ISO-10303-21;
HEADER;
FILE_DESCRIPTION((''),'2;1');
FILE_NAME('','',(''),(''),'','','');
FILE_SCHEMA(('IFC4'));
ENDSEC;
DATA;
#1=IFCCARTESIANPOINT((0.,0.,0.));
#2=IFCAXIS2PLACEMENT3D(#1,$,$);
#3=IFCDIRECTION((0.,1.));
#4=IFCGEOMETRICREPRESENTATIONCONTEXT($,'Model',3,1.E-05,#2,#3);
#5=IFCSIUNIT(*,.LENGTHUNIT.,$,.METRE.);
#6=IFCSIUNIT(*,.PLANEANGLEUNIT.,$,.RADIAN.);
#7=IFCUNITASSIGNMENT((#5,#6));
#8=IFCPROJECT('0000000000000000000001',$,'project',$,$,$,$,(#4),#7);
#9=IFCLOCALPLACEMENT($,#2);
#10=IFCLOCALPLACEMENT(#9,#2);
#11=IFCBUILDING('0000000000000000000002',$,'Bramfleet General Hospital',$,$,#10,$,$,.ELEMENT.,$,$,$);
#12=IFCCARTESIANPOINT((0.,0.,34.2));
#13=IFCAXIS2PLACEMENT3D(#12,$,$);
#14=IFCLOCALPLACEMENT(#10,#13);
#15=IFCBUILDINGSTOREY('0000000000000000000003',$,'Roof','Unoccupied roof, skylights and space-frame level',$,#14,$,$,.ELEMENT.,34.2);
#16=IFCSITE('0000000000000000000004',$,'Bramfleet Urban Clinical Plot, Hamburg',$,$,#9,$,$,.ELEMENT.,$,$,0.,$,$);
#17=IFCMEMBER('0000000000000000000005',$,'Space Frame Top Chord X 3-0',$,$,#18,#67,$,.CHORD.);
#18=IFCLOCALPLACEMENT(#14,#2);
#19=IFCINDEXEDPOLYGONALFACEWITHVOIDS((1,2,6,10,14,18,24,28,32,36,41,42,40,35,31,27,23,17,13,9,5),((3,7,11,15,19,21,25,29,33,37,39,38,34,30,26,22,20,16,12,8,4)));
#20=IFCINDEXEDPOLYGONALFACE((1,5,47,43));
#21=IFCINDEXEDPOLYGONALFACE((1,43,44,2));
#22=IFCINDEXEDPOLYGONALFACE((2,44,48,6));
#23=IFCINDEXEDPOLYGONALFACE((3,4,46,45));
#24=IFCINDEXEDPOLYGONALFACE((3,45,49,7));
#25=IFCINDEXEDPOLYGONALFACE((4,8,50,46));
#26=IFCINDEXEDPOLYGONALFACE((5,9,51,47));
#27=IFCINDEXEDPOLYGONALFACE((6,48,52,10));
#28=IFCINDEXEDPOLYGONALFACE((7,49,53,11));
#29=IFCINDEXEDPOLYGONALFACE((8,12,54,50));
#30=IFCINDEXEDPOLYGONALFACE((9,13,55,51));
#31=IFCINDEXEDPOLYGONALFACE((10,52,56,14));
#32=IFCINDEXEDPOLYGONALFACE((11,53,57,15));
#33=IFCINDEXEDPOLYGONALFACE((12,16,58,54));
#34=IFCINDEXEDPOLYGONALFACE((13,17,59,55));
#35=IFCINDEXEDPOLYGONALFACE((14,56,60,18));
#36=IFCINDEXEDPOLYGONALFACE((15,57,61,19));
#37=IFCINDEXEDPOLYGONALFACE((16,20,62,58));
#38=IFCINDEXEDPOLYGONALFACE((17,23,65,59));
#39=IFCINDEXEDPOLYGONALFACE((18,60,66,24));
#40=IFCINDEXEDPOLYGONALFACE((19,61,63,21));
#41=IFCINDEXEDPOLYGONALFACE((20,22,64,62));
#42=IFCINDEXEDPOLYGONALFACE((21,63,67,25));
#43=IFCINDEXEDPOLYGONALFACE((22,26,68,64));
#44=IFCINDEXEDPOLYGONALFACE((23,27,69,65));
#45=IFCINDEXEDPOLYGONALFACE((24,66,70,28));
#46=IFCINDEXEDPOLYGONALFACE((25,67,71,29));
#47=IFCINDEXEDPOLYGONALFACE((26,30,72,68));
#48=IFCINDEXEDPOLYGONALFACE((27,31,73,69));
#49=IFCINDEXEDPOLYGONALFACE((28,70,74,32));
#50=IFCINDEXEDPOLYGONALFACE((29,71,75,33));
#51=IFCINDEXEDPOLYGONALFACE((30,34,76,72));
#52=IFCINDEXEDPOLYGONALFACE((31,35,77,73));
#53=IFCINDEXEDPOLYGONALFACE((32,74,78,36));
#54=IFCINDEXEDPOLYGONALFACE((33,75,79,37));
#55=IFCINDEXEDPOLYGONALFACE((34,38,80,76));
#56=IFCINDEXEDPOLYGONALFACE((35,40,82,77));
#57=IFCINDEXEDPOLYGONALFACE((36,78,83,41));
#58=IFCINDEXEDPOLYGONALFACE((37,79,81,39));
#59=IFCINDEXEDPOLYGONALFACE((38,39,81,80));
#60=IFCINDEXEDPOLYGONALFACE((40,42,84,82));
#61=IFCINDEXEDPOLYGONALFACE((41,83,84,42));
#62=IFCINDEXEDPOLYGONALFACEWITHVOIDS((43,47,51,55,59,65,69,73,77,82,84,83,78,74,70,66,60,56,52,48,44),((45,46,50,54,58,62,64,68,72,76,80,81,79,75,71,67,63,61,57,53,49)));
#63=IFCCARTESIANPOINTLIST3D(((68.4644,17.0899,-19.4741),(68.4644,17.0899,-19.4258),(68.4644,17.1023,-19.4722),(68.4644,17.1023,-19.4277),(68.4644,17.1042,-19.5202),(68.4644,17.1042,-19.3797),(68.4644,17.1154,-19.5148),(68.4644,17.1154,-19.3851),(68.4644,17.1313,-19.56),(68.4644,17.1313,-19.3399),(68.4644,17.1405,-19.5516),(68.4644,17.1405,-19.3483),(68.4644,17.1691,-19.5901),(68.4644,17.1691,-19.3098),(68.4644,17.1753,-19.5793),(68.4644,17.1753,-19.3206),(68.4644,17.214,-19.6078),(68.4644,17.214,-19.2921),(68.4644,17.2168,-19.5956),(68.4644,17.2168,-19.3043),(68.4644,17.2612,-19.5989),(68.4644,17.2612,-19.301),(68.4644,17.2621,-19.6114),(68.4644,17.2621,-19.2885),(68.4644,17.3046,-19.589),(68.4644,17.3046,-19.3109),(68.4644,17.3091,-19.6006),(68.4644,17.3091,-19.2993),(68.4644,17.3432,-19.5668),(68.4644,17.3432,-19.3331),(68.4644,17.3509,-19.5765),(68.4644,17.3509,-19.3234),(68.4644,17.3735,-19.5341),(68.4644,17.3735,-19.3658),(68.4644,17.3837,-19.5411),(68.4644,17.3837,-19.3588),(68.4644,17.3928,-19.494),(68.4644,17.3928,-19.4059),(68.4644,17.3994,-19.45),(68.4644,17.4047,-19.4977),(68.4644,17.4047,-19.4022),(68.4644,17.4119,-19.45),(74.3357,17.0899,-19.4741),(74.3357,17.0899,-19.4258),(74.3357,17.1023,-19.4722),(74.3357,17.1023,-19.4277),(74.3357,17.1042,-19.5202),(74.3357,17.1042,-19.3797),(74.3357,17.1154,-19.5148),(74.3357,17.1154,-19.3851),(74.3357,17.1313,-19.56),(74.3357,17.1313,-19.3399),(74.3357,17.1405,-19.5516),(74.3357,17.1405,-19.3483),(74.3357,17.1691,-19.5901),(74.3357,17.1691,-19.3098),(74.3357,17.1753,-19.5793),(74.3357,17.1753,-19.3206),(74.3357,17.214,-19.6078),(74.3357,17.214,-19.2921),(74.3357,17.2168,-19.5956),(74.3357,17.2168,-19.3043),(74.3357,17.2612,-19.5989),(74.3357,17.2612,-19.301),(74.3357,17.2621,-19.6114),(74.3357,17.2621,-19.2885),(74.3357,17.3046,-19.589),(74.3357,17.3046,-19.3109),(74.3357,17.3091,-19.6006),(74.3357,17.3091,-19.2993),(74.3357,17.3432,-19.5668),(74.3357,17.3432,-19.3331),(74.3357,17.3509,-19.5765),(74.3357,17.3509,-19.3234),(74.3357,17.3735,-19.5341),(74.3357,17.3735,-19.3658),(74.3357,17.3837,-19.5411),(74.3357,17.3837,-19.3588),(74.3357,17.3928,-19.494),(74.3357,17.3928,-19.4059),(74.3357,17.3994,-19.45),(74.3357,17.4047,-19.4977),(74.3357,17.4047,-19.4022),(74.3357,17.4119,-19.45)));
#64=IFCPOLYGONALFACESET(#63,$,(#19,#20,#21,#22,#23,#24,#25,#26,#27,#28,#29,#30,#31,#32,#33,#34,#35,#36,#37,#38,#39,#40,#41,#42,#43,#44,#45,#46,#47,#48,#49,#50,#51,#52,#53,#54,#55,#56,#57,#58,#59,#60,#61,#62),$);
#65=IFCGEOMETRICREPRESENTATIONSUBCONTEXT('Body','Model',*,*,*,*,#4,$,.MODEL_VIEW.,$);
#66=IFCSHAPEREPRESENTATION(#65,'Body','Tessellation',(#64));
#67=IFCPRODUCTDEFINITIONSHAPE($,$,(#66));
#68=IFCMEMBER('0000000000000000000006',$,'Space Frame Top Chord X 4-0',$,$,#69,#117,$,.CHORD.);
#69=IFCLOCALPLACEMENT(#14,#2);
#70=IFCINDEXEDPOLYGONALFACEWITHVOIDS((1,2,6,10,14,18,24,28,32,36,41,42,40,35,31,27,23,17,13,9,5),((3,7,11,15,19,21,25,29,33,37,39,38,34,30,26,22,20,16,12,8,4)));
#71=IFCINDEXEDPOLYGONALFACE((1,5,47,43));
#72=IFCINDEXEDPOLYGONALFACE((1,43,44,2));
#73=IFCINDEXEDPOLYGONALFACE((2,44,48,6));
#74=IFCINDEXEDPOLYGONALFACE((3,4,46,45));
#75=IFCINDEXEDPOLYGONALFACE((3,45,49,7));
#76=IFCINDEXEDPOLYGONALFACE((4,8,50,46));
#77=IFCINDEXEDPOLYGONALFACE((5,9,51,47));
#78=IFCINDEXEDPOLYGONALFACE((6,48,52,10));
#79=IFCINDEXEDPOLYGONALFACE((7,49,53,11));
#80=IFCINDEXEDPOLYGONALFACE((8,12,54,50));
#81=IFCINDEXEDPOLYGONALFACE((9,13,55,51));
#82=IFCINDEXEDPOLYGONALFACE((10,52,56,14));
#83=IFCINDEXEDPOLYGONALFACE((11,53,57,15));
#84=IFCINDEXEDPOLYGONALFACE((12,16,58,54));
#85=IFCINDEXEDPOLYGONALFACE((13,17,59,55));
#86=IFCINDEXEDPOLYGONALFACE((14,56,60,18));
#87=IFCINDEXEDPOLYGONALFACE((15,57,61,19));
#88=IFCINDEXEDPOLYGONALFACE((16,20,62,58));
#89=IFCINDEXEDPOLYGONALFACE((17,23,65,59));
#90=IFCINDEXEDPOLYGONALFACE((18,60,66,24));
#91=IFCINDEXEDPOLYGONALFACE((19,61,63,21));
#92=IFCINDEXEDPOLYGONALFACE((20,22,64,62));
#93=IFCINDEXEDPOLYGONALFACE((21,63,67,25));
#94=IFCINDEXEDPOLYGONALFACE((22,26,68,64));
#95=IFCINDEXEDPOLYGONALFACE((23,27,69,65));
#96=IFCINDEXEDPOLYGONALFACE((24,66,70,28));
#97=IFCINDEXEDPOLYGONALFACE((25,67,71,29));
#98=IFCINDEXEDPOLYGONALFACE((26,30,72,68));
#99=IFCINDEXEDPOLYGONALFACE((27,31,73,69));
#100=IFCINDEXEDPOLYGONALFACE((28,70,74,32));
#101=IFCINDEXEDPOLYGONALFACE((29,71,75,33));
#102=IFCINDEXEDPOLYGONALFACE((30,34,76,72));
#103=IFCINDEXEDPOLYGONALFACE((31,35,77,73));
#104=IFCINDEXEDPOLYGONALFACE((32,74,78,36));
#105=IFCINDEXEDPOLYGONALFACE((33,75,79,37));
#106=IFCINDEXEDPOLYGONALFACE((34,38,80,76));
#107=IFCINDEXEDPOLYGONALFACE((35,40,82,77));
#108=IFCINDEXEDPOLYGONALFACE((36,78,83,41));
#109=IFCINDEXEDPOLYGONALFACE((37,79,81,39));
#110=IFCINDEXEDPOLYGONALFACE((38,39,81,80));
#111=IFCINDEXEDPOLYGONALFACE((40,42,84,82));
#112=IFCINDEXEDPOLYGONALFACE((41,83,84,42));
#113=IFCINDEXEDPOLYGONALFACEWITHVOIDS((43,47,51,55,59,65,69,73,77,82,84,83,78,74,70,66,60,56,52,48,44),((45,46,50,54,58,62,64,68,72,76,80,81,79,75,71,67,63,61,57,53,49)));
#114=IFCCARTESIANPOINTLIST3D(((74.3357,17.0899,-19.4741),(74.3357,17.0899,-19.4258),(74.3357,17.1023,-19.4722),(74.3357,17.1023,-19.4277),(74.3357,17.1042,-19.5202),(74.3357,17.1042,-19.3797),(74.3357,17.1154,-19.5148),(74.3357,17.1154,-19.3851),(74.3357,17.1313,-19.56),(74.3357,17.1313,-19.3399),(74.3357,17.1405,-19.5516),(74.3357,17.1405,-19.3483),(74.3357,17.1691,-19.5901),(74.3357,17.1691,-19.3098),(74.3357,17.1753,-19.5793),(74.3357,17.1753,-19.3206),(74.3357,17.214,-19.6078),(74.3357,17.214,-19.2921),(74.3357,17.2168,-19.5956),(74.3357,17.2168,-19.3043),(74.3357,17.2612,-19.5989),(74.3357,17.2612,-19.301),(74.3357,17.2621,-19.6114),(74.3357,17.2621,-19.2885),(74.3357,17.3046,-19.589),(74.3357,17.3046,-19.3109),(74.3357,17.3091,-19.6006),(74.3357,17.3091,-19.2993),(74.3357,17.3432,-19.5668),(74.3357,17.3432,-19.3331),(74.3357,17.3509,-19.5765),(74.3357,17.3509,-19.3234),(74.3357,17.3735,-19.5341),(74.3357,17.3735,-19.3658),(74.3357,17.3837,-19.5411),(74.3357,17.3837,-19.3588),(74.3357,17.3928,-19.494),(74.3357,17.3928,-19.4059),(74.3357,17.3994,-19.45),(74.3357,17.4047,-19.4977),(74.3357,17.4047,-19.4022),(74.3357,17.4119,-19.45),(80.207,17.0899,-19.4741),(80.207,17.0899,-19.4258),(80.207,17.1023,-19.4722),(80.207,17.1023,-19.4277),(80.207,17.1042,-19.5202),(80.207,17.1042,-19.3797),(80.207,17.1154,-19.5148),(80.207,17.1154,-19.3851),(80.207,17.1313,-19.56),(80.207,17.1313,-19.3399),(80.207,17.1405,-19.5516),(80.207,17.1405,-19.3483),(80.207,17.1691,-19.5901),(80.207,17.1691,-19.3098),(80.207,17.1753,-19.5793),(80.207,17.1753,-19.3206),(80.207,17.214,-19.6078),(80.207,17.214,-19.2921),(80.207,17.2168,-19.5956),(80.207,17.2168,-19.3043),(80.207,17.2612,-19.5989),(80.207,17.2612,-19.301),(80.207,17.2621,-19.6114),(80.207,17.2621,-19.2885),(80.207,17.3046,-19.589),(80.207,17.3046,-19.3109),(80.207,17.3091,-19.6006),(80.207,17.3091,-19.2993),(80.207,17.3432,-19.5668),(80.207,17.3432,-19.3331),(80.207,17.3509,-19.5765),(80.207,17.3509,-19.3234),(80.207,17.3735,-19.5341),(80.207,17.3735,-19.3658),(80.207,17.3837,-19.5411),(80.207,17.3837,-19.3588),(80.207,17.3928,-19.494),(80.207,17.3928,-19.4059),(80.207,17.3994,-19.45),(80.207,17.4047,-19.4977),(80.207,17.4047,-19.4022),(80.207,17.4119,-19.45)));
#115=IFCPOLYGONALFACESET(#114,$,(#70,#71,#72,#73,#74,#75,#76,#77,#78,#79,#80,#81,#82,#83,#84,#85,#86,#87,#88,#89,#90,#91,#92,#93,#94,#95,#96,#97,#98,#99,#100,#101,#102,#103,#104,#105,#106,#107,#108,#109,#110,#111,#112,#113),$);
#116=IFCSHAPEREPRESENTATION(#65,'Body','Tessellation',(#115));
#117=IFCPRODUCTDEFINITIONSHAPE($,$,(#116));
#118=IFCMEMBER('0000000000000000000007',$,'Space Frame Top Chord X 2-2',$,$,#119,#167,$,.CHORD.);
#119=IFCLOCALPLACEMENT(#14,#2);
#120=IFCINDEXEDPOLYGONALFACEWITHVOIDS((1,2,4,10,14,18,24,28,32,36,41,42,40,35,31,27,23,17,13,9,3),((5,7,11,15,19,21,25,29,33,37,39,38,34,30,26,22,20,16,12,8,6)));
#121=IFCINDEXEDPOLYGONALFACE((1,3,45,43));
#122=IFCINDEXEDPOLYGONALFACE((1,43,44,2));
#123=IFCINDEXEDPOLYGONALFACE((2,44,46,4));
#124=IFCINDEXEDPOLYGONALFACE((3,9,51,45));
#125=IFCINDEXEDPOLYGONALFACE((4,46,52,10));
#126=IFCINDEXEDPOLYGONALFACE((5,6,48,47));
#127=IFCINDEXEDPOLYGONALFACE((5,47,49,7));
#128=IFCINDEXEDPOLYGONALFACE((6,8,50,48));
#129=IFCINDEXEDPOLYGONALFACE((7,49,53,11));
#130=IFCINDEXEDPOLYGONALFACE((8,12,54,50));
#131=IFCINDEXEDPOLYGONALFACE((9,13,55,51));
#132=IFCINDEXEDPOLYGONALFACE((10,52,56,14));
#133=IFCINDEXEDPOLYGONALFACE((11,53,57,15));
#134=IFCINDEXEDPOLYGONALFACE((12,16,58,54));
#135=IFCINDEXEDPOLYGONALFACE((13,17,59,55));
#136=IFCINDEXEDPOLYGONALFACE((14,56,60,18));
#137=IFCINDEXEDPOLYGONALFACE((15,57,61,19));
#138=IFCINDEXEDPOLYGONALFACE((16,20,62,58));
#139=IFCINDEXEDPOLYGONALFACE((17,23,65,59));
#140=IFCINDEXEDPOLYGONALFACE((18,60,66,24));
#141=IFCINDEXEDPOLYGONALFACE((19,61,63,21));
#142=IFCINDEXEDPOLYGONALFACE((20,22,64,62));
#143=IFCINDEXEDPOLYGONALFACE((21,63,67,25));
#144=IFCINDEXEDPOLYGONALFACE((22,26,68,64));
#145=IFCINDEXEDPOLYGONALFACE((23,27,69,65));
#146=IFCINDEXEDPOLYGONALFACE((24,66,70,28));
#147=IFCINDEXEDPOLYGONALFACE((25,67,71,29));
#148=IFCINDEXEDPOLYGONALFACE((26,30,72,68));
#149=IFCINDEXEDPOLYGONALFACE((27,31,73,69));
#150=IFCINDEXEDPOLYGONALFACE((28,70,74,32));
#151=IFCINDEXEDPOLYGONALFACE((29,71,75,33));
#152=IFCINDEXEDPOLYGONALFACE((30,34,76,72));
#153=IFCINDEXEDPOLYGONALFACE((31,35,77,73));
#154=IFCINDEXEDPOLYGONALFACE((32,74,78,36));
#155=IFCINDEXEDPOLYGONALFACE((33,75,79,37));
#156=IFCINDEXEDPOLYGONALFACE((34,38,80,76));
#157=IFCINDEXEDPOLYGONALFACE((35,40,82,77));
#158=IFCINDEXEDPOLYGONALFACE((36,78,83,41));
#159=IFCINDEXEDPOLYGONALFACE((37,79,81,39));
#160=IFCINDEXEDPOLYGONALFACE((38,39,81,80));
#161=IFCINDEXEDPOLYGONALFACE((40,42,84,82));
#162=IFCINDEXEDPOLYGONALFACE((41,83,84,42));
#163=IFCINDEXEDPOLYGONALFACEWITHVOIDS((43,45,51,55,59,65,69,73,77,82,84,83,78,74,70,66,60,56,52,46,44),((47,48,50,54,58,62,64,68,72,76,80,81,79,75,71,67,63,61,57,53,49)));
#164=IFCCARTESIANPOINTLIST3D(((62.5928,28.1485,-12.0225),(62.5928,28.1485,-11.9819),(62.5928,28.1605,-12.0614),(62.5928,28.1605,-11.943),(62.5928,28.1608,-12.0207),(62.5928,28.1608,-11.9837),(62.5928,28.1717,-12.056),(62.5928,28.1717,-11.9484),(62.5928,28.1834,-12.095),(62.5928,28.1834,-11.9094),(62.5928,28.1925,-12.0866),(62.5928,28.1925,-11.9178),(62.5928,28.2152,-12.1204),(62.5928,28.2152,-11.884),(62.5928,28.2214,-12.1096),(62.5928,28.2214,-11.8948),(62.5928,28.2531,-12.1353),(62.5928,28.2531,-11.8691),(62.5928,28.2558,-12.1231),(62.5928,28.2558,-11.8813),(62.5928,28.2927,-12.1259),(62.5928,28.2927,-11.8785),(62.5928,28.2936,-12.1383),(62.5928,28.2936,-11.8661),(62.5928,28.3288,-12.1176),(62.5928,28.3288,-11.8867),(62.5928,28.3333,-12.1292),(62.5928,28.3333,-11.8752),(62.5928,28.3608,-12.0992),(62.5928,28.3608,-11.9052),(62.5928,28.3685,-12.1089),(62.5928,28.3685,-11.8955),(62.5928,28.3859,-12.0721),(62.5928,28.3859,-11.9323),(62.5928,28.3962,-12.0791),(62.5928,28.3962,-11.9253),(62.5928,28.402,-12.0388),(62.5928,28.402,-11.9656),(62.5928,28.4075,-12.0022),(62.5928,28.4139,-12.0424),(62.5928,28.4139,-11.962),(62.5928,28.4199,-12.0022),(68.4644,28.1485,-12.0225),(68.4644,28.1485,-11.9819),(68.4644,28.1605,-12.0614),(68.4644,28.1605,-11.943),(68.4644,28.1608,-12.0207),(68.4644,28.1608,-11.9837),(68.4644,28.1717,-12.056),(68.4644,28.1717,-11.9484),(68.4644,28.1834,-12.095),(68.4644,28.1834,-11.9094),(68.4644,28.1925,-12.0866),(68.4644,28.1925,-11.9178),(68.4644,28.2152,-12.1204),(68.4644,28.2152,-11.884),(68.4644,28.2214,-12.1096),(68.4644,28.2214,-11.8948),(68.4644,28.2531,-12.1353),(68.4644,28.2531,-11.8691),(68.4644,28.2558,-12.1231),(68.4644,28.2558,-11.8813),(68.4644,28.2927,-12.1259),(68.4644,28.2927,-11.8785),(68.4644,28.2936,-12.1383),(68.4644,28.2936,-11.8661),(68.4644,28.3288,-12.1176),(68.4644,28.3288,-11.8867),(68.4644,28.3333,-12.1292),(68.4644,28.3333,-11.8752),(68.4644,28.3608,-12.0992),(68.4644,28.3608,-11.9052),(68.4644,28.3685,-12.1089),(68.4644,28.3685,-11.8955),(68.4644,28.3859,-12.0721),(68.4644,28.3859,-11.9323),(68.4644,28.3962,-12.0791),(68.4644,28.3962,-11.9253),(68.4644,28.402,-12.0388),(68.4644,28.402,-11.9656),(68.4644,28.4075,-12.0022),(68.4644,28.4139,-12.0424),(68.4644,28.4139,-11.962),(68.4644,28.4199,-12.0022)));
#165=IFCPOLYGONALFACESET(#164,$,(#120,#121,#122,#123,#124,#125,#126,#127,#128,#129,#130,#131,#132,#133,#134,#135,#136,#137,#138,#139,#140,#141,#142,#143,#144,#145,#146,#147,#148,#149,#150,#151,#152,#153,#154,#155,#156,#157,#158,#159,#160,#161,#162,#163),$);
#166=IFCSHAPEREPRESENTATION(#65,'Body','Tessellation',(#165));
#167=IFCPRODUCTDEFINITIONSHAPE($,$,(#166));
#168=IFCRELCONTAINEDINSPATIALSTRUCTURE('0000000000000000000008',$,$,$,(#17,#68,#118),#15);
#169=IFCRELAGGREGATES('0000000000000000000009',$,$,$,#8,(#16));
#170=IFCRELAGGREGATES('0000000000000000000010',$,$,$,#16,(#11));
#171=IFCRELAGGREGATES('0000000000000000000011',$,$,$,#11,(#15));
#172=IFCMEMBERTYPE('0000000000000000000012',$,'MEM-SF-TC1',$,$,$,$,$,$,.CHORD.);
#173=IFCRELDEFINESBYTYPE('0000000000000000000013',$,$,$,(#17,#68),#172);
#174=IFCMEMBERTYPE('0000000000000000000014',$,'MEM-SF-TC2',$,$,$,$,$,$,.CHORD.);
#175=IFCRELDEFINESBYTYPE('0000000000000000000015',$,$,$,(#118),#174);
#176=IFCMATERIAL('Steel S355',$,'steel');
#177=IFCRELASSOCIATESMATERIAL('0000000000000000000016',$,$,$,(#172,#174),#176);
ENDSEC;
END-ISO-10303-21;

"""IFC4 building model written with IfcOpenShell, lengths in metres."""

from ifc_helpers import new_model, si_unit, direction, frame, origin, origin_2d, place, context, subcontext, project, spatial, hollow_circle, extrude, material, material_profile, profile_set, type_object, element, save


model = new_model("IFC4")

# Units and contexts
model_context = context("Model", 3, precision=1e-05, world=origin(), true_north=direction((0.0, 1.0)))
body_context = subcontext(model_context, "Body", "Model", "MODEL_VIEW")
ifc_project = project(units=[si_unit("LENGTHUNIT", "METRE"), si_unit("PLANEANGLEUNIT", "RADIAN")], contexts=[model_context])

# Site, building, storey
site_placement = place(None, origin())
site = spatial("IfcSite", under=ifc_project, at=site_placement, Name="Bramfleet Urban Clinical Plot, Hamburg", CompositionType="ELEMENT", RefElevation=0.0)
building_placement = place(site_placement, origin())
building = spatial("IfcBuilding", under=site, at=building_placement, Name="Bramfleet General Hospital", CompositionType="ELEMENT")
storey_placement = place(building_placement, frame((0.0, 0.0, 34.2)))
storey = spatial("IfcBuildingStorey", under=building, at=storey_placement, Name="Roof", Description="Unoccupied roof, skylights and space-frame level", CompositionType="ELEMENT", Elevation=34.2)

# Members
ifc_material = material(Name="Steel S355", Category="steel")
ifc_material_profile_1 = material_profile(ifc_material, hollow_circle(Radius=0.1619, WallThickness=0.0125, at=origin_2d()), Name="CHS 323.9x12.5")
ifc_profile_set_1 = profile_set([ifc_material_profile_1], Name="Steel S355")
member_type_1 = type_object("IfcMemberType", Name="MEM-SF-TC1", PredefinedType="CHORD", material=ifc_profile_set_1)
for number, where, z_axis, x_axis, name in (
    (1, (68.4644, 17.25, -19.45), (1.0, 0.0, 0.0), (0.0, 1.0, 0.0), "Space Frame Top Chord X 3-0"),
    (2, (74.3357, 17.25, -19.45), (1.0, 0.0, 0.0), (0.0, 1.0, 0.0), "Space Frame Top Chord X 4-0"),
):
    element("IfcMember", number, at=place(storey_placement, frame(where, z_axis=z_axis, x_axis=x_axis)), inside=storey, type_object=member_type_1, Name=name, PredefinedType="CHORD", context=body_context, shape_type="SweptSolid", body=[
        extrude(hollow_circle(Radius=0.1619, WallThickness=0.0125, at=origin_2d()), origin(), (0.0, 0.0, 1.0), 5.8713),
    ])
ifc_material_profile_2 = material_profile(ifc_material, hollow_circle(Radius=0.1365, WallThickness=0.0125, at=origin_2d()), Name="CHS 273.0x12.5")
ifc_profile_set_2 = profile_set([ifc_material_profile_2], Name="Steel S355")
member_type_2 = type_object("IfcMemberType", Name="MEM-SF-TC2", PredefinedType="CHORD", material=ifc_profile_set_2)
member_1_placement = place(storey_placement, frame((62.5928, 28.2834, -12.0022), z_axis=(1.0, 0.0, 0.0), x_axis=(0.0, 1.0, 0.0)))
element("IfcMember", 3, at=member_1_placement, inside=storey, type_object=member_type_2, Name="Space Frame Top Chord X 2-2", PredefinedType="CHORD", context=body_context, shape_type="SweptSolid", body=[
    extrude(hollow_circle(Radius=0.1365, WallThickness=0.0125, at=origin_2d()), origin(), (0.0, 0.0, 1.0), 5.8716),
])

save(model, "model.ifc")
